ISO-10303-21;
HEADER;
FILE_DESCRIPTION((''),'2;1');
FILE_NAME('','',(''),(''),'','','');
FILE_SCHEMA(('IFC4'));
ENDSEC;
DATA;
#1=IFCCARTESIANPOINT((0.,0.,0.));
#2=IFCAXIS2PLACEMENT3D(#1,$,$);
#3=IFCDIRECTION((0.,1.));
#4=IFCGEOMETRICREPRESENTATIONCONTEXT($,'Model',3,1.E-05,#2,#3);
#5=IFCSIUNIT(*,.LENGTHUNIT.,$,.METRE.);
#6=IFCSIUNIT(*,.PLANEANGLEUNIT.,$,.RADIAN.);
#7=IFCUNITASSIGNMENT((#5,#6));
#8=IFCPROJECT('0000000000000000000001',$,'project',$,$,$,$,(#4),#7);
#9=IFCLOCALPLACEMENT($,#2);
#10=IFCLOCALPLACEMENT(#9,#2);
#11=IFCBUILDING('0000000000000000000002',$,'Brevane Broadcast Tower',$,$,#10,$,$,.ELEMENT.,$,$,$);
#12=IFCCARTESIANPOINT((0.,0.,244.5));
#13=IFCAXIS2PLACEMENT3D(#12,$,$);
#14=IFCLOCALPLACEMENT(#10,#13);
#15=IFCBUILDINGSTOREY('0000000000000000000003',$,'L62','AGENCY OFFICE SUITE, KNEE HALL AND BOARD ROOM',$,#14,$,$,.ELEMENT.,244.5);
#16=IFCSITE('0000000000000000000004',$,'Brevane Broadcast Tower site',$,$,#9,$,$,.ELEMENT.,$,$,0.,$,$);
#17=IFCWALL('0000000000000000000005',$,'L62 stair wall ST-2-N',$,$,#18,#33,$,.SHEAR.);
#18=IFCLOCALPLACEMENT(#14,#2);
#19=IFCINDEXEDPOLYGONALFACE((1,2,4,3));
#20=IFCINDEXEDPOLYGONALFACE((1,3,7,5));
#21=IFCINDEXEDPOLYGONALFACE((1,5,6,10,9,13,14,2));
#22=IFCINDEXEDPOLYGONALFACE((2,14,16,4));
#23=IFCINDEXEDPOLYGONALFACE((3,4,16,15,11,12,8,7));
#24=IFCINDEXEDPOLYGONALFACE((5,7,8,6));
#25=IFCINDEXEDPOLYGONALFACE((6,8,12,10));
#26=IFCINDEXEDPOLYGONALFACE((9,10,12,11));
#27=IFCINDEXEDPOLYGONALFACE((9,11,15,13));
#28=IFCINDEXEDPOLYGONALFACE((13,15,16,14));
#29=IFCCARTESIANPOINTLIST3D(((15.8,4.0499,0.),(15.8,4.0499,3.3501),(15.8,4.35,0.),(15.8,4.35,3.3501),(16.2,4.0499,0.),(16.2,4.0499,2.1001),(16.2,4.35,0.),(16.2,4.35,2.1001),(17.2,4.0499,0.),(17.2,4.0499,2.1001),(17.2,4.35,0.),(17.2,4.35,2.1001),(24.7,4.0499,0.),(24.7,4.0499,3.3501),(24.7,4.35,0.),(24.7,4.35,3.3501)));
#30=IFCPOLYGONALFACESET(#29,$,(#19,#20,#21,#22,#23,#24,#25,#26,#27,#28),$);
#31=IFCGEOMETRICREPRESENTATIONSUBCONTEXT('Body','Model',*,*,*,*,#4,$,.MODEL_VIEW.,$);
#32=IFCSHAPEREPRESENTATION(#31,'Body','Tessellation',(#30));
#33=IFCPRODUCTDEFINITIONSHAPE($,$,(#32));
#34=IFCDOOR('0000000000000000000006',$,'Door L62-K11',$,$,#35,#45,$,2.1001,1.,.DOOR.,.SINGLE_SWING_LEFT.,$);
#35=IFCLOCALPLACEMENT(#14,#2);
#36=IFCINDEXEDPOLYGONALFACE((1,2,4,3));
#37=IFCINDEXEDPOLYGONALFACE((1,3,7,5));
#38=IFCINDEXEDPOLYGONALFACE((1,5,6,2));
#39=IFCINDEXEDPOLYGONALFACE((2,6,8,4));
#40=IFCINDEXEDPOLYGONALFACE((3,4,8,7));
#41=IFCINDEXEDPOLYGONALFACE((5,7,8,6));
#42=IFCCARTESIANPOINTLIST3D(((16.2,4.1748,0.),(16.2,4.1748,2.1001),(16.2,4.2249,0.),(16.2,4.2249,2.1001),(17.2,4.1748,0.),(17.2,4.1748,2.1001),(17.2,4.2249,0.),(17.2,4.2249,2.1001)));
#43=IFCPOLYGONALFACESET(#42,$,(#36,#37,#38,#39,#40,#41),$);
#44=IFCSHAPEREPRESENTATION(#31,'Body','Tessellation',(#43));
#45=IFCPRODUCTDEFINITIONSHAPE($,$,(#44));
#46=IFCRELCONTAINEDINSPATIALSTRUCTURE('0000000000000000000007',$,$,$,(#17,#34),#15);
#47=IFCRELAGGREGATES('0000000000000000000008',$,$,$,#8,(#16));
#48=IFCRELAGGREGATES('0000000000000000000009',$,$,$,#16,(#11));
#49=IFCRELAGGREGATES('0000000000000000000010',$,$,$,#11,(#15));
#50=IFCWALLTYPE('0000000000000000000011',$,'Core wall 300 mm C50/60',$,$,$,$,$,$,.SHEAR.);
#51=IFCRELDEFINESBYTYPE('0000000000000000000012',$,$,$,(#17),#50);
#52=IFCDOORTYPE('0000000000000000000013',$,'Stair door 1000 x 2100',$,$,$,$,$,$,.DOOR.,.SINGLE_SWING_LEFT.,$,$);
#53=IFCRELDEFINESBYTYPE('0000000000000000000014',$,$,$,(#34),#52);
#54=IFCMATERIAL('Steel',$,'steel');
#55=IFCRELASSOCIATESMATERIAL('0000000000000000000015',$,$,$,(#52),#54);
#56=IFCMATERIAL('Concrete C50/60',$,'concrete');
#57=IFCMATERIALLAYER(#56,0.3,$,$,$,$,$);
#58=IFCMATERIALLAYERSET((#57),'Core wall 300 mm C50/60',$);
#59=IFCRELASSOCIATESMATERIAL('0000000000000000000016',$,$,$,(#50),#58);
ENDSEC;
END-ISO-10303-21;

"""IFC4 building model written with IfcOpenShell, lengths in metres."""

from ifc_helpers import new_model, si_unit, direction, frame, frame_2d, origin, place, context, subcontext, project, spatial, rectangle, extrude, material, layer, layer_set, type_object, element, fill, save


model = new_model("IFC4")

# Units and contexts
model_context = context("Model", 3, precision=1e-05, world=origin(), true_north=direction((0.0, 1.0)))
body_context = subcontext(model_context, "Body", "Model", "MODEL_VIEW")
ifc_project = project(units=[si_unit("LENGTHUNIT", "METRE"), si_unit("PLANEANGLEUNIT", "RADIAN")], contexts=[model_context])

# Site, building, storey
site_placement = place(None, origin())
site = spatial("IfcSite", under=ifc_project, at=site_placement, Name="Brevane Broadcast Tower site", CompositionType="ELEMENT", RefElevation=0.0)
building_placement = place(site_placement, origin())
building = spatial("IfcBuilding", under=site, at=building_placement, Name="Brevane Broadcast Tower", CompositionType="ELEMENT")
storey_placement = place(building_placement, frame((0.0, 0.0, 244.5)))
storey = spatial("IfcBuildingStorey", under=building, at=storey_placement, Name="L62", Description="AGENCY OFFICE SUITE, KNEE HALL AND BOARD ROOM", CompositionType="ELEMENT", Elevation=244.5)

# Shared definitions
ifc_material_1 = material(Name="Steel", Category="steel")

# Shared definitions
door_type_1 = type_object("IfcDoorType", Name="Stair door 1000 x 2100", OperationType="SINGLE_SWING_LEFT", PredefinedType="DOOR", material=ifc_material_1)

# Shared definitions
ifc_material_2 = material(Name="Concrete C50/60", Category="concrete")
ifc_layer_1 = layer(ifc_material_2, 0.3)
ifc_layer_set_1 = layer_set([ifc_layer_1], Name="Core wall 300 mm C50/60")
wall_type_1 = type_object("IfcWallType", Name="Core wall 300 mm C50/60", PredefinedType="SHEAR", material=ifc_layer_set_1)

# Wall, opening, door
wall_1_placement = place(storey_placement, frame((15.8, 4.2, 0.0), z_axis=(0.0, 0.0, 1.0), x_axis=(1.0, 0.0, 0.0)))
wall_1 = element("IfcWall", 1, at=wall_1_placement, inside=storey, type_object=wall_type_1, Name="L62 stair wall ST-2-N", PredefinedType="SHEAR", context=body_context, shape_type="SweptSolid", body=[
    extrude(rectangle(XDim=8.8999, YDim=0.3, at=frame_2d((4.45, 0.0))), origin(), (0.0, 0.0, 1.0), 3.3501),
])
opening_1_placement = place(wall_1_placement, frame((0.3999, 0.0, 0.0)))
opening_1 = element("IfcOpeningElement", 2, at=opening_1_placement, cuts=wall_1, PredefinedType="OPENING", context=body_context, shape_type="SweptSolid", body=[
    extrude(rectangle(XDim=1.0, YDim=2.1001, at=frame_2d((0.5, 1.05))), frame((0.0, 0.1599, 0.0), z_axis=(0.0, -1.0, 0.0), x_axis=(1.0, 0.0, 0.0)), (0.0, 0.0, 1.0), 0.3201),
])
door_1_placement = place(opening_1_placement, origin())
door_1 = element("IfcDoor", 3, at=door_1_placement, inside=storey, type_object=door_type_1, Name="Door L62-K11", OperationType="SINGLE_SWING_LEFT", OverallHeight=2.1001, OverallWidth=1.0, PredefinedType="DOOR", context=body_context, shape_type="SweptSolid", body=[
    extrude(rectangle(XDim=1.0, YDim=2.1001, at=frame_2d((0.5, 1.05))), frame((0.0, 0.0249, 0.0), z_axis=(0.0, -1.0, 0.0), x_axis=(1.0, 0.0, 0.0)), (0.0, 0.0, 1.0), 0.05),
])
fill(opening_1, door_1)

save(model, "model.ifc")
